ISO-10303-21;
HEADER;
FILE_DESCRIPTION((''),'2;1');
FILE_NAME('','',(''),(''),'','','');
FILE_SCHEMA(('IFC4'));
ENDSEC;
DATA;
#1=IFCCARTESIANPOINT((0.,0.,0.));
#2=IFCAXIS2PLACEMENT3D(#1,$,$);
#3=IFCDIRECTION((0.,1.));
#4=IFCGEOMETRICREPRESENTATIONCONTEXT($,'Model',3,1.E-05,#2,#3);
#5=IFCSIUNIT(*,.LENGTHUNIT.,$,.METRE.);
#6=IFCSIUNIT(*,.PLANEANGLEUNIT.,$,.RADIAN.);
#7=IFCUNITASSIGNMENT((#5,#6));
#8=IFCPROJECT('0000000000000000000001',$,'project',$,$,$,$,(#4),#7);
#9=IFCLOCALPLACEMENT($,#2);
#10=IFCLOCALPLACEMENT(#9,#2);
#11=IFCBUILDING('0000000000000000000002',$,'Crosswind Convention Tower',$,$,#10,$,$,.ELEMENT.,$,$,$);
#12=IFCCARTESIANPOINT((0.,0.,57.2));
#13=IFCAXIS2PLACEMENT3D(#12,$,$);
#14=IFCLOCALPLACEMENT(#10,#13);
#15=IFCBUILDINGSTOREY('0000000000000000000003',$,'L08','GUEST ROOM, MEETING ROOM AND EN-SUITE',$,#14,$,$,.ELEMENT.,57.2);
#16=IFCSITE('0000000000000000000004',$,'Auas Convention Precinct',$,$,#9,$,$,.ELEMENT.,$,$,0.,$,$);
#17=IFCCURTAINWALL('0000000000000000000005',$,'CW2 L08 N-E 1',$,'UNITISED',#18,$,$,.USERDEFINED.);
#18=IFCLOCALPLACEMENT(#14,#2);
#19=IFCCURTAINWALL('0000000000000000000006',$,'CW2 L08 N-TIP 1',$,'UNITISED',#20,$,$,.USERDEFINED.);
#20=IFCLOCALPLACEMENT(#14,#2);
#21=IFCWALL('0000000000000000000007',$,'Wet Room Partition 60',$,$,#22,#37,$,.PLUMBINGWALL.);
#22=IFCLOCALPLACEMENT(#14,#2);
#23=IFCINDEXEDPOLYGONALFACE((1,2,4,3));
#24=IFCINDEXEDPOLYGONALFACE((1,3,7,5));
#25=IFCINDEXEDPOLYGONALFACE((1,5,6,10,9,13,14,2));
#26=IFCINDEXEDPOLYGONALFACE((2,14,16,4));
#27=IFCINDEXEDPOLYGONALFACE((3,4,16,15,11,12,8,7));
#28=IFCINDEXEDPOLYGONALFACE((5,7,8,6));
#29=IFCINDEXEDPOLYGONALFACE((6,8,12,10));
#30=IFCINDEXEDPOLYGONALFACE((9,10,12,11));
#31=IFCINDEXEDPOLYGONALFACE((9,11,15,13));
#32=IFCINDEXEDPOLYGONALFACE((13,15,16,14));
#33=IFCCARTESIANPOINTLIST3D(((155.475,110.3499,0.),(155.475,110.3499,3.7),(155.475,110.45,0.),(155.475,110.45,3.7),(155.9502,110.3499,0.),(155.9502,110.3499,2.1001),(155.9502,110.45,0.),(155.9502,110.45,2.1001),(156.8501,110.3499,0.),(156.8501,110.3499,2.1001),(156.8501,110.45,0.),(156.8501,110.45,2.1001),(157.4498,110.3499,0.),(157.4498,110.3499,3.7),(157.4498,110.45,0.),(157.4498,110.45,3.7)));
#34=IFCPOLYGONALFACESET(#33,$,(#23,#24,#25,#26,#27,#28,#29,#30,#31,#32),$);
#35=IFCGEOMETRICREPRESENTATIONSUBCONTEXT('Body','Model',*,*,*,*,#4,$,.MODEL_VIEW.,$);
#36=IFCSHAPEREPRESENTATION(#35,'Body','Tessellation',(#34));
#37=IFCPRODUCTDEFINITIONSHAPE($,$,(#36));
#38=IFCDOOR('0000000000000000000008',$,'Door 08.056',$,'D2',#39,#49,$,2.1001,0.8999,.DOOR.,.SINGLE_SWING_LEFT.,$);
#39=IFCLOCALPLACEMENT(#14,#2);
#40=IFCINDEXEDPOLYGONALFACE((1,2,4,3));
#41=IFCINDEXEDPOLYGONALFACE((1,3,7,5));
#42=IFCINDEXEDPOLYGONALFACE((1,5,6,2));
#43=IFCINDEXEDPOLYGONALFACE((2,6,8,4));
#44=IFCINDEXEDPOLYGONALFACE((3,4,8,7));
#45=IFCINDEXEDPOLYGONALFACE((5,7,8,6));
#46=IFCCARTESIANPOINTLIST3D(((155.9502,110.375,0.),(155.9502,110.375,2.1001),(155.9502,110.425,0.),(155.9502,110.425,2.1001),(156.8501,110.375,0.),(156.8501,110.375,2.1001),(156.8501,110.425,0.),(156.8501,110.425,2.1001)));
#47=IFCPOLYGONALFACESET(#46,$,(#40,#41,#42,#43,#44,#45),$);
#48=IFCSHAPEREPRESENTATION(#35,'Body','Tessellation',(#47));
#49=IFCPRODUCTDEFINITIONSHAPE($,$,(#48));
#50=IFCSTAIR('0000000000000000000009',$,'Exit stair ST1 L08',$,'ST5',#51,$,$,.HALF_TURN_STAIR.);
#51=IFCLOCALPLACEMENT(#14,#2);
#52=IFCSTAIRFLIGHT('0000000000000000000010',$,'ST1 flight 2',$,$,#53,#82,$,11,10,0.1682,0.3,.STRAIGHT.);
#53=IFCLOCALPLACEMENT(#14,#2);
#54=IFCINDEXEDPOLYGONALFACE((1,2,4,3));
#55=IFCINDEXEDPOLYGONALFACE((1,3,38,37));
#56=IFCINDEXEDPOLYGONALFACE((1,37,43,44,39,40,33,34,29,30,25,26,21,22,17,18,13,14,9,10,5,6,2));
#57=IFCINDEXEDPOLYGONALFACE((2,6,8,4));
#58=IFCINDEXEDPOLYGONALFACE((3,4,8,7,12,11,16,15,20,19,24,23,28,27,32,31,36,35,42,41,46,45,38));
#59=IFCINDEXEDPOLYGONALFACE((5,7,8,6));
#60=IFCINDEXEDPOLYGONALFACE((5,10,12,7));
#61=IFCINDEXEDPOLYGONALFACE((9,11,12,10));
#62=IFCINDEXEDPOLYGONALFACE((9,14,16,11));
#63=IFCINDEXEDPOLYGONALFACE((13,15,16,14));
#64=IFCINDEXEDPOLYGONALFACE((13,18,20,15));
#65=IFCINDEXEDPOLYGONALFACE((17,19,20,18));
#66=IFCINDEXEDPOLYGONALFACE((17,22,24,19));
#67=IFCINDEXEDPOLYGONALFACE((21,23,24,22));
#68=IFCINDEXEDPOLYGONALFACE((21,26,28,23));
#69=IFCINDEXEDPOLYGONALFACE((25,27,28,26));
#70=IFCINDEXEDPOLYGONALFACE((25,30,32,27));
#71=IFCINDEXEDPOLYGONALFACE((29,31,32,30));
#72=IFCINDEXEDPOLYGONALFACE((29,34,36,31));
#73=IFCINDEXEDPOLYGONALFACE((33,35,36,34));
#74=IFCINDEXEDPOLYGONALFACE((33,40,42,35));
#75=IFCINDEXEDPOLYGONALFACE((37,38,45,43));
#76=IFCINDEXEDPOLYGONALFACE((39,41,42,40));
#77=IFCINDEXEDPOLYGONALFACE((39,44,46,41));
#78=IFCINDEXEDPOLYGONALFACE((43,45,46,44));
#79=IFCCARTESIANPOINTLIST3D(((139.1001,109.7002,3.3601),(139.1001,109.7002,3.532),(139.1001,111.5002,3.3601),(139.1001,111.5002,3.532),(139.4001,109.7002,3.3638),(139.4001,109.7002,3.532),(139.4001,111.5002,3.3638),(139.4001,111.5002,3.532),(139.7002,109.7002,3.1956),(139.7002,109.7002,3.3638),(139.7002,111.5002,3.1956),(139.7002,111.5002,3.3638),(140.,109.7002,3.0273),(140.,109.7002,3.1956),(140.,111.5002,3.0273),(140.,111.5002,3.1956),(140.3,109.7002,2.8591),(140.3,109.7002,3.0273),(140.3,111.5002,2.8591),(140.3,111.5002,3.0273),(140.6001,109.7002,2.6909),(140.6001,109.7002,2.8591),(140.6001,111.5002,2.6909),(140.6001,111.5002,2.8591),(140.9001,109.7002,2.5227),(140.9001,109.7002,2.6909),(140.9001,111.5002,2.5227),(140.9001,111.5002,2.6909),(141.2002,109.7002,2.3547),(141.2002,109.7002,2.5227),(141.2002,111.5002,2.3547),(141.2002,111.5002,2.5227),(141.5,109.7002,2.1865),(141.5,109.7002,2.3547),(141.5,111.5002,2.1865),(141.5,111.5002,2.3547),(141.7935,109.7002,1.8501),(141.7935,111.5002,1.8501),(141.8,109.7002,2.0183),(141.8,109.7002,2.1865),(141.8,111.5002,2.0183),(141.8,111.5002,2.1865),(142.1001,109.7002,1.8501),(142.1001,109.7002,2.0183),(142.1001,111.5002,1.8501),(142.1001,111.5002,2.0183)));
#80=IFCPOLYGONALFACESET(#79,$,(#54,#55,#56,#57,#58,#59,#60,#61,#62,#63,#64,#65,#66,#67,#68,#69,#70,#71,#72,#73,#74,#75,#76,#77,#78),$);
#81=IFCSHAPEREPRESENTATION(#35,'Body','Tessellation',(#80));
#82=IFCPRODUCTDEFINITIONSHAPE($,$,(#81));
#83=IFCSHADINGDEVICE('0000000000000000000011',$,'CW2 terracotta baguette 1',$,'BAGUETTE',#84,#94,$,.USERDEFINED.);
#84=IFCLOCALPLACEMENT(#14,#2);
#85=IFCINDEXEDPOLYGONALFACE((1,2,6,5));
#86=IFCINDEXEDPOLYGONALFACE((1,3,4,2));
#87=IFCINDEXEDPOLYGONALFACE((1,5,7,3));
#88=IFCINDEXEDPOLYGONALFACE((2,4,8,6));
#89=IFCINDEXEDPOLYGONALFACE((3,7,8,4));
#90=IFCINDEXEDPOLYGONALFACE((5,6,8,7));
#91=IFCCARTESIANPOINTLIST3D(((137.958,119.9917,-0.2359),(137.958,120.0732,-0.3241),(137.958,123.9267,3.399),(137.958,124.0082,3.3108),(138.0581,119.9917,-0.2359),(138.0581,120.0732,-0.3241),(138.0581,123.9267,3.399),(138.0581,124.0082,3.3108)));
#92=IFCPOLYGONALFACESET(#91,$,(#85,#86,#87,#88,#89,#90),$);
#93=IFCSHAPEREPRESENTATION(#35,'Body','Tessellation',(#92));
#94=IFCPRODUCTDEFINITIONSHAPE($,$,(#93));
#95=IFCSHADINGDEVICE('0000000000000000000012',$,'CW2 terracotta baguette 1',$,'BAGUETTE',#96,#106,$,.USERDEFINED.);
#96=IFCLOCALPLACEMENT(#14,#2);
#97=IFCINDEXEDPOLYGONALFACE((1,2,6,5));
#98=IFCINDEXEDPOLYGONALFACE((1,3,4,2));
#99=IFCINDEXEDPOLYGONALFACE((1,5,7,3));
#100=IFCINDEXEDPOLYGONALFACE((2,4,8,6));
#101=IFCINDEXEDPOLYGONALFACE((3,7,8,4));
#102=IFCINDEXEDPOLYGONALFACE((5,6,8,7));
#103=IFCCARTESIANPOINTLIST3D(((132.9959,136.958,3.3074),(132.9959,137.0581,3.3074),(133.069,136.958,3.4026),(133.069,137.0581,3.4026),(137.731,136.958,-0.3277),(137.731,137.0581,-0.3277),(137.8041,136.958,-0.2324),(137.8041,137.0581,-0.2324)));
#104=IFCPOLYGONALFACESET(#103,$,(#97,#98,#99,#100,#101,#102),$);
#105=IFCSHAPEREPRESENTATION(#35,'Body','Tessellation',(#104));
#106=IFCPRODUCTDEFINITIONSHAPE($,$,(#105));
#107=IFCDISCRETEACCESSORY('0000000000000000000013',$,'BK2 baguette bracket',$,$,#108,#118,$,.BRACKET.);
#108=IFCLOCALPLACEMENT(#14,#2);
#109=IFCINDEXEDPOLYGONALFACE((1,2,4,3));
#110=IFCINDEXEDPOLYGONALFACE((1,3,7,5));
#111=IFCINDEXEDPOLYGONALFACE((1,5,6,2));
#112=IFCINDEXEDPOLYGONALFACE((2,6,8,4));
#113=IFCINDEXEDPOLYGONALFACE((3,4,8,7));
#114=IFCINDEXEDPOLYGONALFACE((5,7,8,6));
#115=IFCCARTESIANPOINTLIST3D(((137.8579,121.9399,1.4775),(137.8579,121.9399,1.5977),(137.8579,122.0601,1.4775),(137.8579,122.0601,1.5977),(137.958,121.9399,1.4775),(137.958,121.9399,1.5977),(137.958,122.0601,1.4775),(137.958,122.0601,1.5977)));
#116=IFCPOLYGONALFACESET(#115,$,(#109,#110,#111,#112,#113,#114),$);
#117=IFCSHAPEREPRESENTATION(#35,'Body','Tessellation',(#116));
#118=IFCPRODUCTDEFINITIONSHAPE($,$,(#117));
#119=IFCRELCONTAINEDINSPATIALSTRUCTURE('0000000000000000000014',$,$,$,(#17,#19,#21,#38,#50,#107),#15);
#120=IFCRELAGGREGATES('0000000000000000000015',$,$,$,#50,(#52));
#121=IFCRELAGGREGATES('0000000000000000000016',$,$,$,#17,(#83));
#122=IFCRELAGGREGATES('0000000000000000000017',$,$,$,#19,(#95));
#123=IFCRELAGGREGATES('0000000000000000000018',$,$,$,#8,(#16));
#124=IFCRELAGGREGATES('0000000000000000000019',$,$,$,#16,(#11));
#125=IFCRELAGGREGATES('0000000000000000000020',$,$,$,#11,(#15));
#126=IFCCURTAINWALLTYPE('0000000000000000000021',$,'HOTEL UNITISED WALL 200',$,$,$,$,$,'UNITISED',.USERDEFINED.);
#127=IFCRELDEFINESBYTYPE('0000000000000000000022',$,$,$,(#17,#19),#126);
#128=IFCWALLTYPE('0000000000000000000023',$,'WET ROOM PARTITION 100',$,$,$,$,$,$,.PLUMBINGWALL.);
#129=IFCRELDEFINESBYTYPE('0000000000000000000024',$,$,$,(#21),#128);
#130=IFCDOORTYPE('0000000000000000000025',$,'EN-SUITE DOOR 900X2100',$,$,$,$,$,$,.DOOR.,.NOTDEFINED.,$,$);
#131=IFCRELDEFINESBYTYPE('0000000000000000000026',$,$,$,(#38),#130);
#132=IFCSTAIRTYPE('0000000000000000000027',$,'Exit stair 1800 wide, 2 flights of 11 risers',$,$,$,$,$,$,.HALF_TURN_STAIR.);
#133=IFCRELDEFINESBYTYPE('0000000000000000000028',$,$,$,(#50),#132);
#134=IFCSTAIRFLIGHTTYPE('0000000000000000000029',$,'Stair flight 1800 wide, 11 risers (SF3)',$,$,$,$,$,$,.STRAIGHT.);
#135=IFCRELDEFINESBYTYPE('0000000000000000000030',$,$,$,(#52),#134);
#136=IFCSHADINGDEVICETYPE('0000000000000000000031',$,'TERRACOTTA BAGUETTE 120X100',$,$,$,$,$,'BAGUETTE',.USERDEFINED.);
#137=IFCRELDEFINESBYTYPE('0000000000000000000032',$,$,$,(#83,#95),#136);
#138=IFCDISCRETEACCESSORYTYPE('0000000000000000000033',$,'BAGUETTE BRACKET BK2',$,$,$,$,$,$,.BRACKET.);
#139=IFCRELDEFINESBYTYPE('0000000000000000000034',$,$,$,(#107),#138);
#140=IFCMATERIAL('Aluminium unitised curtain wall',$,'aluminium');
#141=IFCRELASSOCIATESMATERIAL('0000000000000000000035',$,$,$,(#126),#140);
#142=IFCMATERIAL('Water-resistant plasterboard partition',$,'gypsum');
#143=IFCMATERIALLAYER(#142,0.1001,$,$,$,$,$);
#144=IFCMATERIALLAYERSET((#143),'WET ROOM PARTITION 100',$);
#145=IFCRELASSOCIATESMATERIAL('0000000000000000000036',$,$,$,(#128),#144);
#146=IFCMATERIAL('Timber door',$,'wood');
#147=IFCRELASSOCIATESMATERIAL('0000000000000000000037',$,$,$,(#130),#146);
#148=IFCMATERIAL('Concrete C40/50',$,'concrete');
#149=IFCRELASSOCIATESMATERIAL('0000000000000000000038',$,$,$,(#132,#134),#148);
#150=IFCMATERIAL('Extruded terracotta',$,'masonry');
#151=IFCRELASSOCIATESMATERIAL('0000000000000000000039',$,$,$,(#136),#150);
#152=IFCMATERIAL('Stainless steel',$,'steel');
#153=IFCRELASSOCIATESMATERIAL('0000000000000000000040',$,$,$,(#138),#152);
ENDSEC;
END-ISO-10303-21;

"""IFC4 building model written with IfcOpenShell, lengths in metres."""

from ifc_helpers import new_model, si_unit, direction, frame, frame_2d, origin, origin_2d, place, context, subcontext, project, spatial, polyline, rectangle, outline, extrude, material, layer, layer_set, material_profile, profile_set, type_object, element, fill, aggregate, save


model = new_model("IFC4")

# Units and contexts
model_context = context("Model", 3, precision=1e-05, world=origin(), true_north=direction((0.0, 1.0)))
body_context = subcontext(model_context, "Body", "Model", "MODEL_VIEW")
ifc_project = project(units=[si_unit("LENGTHUNIT", "METRE"), si_unit("PLANEANGLEUNIT", "RADIAN")], contexts=[model_context])

# Site, building, storey
site_placement = place(None, origin())
site = spatial("IfcSite", under=ifc_project, at=site_placement, Name="Auas Convention Precinct", CompositionType="ELEMENT", RefElevation=0.0)
building_placement = place(site_placement, origin())
building = spatial("IfcBuilding", under=site, at=building_placement, Name="Crosswind Convention Tower", CompositionType="ELEMENT")
storey_placement = place(building_placement, frame((0.0, 0.0, 57.2)))
storey = spatial("IfcBuildingStorey", under=building, at=storey_placement, Name="L08", Description="GUEST ROOM, MEETING ROOM AND EN-SUITE", CompositionType="ELEMENT", Elevation=57.2)

# Shared definitions
ifc_material_1 = material(Name="Aluminium unitised curtain wall", Category="aluminium")

# Shared definitions
curtain_wall_type_1 = type_object("IfcCurtainWallType", Name="HOTEL UNITISED WALL 200", ElementType="UNITISED", PredefinedType="USERDEFINED", material=ifc_material_1)

# Curtain wall
curtain_wall_1_placement = place(storey_placement, origin())
curtain_wall_1 = element("IfcCurtainWall", 1, at=curtain_wall_1_placement, inside=storey, type_object=curtain_wall_type_1, Name="CW2 L08 N-E 1", ObjectType="UNITISED", PredefinedType="USERDEFINED")

# Curtain wall
curtain_wall_2_placement = place(storey_placement, origin())
curtain_wall_2 = element("IfcCurtainWall", 2, at=curtain_wall_2_placement, inside=storey, type_object=curtain_wall_type_1, Name="CW2 L08 N-TIP 1", ObjectType="UNITISED", PredefinedType="USERDEFINED")

# Wall, opening, door
ifc_material_2 = material(Name="Water-resistant plasterboard partition", Category="gypsum")
ifc_layer_1 = layer(ifc_material_2, 0.1001)
ifc_layer_set_1 = layer_set([ifc_layer_1], Name="WET ROOM PARTITION 100")
wall_type_1 = type_object("IfcWallType", Name="WET ROOM PARTITION 100", PredefinedType="PLUMBINGWALL", material=ifc_layer_set_1)
wall_1_placement = place(storey_placement, frame((155.4751, 110.3999, 0.0), z_axis=(0.0, 0.0, 1.0), x_axis=(1.0, 0.0, 0.0)))
wall_1 = element("IfcWall", 3, at=wall_1_placement, inside=storey, type_object=wall_type_1, Name="Wet Room Partition 60", PredefinedType="PLUMBINGWALL", context=body_context, shape_type="SweptSolid", body=[
    extrude(rectangle(XDim=1.9749, YDim=0.1001, at=frame_2d((0.9873, 0.0))), origin(), (0.0, 0.0, 1.0), 3.7),
])
opening_1_placement = place(wall_1_placement, frame((0.4751, 0.0, 0.0)))
opening_1 = element("IfcOpeningElement", 4, at=opening_1_placement, cuts=wall_1, PredefinedType="OPENING", context=body_context, shape_type="SweptSolid", body=[
    extrude(rectangle(XDim=0.8999, YDim=2.1001, at=frame_2d((0.45, 1.05))), frame((0.0, 0.0601, 0.0), z_axis=(0.0, -1.0, 0.0), x_axis=(1.0, 0.0, 0.0)), (0.0, 0.0, 1.0), 0.1201),
])
ifc_material_3 = material(Name="Timber door", Category="wood")
door_type_1 = type_object("IfcDoorType", Name="EN-SUITE DOOR 900X2100", OperationType="NOTDEFINED", PredefinedType="DOOR", material=ifc_material_3)
door_1_placement = place(opening_1_placement, frame((0.8999, 0.0, 0.0), z_axis=(0.0, 0.0, 1.0), x_axis=(-1.0, 0.0, 0.0)))
door_1 = element("IfcDoor", 5, at=door_1_placement, inside=storey, type_object=door_type_1, Name="Door 08.056", ObjectType="D2", OperationType="SINGLE_SWING_LEFT", OverallHeight=2.1001, OverallWidth=0.8999, PredefinedType="DOOR", context=body_context, shape_type="SweptSolid", body=[
    extrude(rectangle(XDim=0.8999, YDim=2.1001, at=frame_2d((0.45, 1.05))), frame((0.0, 0.0249, 0.0), z_axis=(0.0, -1.0, 0.0), x_axis=(1.0, 0.0, 0.0)), (0.0, 0.0, 1.0), 0.05),
])
fill(opening_1, door_1)

# Stair, stair flight
ifc_material_4 = material(Name="Concrete C40/50", Category="concrete")
stair_type = type_object("IfcStairType", Name="Exit stair 1800 wide, 2 flights of 11 risers", PredefinedType="HALF_TURN_STAIR", material=ifc_material_4)
stair_placement = place(storey_placement, origin())
stair = element("IfcStair", 6, at=stair_placement, inside=storey, type_object=stair_type, Name="Exit stair ST1 L08", ObjectType="ST5", PredefinedType="HALF_TURN_STAIR")
stair_flight_type = type_object("IfcStairFlightType", Name="Stair flight 1800 wide, 11 risers (SF3)", PredefinedType="STRAIGHT", material=ifc_material_4)
stair_flight_placement = place(storey_placement, frame((142.1001, 110.6001, 1.8501), z_axis=(0.0, 0.0, 1.0), x_axis=(-1.0, 0.0, 0.0)))
stair_flight = element("IfcStairFlight", 7, at=stair_flight_placement, type_object=stair_flight_type, Name="ST1 flight 2", NumberOfRisers=11, NumberOfTreads=10, PredefinedType="STRAIGHT", RiserHeight=0.1682, TreadLength=0.3, context=body_context, shape_type="SweptSolid", body=[
    extrude(outline(polyline([(0.0, 0.0), (0.0, 0.1682), (0.3, 0.1682), (0.3, 0.3364), (0.6001, 0.3364), (0.6001, 0.5046), (0.8999, 0.5046), (0.8999, 0.6726), (1.2, 0.6726), (1.2, 0.8408), (1.5, 0.8408), (1.5, 1.009), (1.8, 1.009), (1.8, 1.1772), (2.1001, 1.1772), (2.1001, 1.3455), (2.3999, 1.3455), (2.3999, 1.5137), (2.7, 1.5137), (2.7, 1.6819), (3.0, 1.6819), (3.0, 1.8501), (3.0, 1.51), (0.3066, 0.0), (0.0, 0.0)])), frame((0.0, 0.8999, 0.0), z_axis=(0.0, -1.0, 0.0), x_axis=(1.0, 0.0, 0.0)), (0.0, 0.0, 1.0), 1.8),
])
aggregate(stair, [stair_flight])

# Shared definitions
ifc_material_5 = material(Name="Stainless steel", Category="steel")

# Shading devices
ifc_material_6 = material(Name="Extruded terracotta", Category="masonry")
ifc_material_profile_1 = material_profile(ifc_material_6, rectangle(XDim=0.1001, YDim=0.1201, at=origin_2d()), Name="TC 100X120")
ifc_profile_set_1 = profile_set([ifc_material_profile_1], Name="Extruded terracotta")
shading_device_type = type_object("IfcShadingDeviceType", Name="TERRACOTTA BAGUETTE 120X100", ElementType="BAGUETTE", PredefinedType="USERDEFINED", material=ifc_profile_set_1)
shading_device_1_placement = place(storey_placement, frame((138.0081, 120.0325, -0.28), z_axis=(0.0, 0.734557, 0.678547), x_axis=(-1.0, 0.0, 0.0)))
shading_device_1 = element("IfcShadingDevice", 8, at=shading_device_1_placement, type_object=shading_device_type, Name="CW2 terracotta baguette 1", ObjectType="BAGUETTE", PredefinedType="USERDEFINED", context=body_context, shape_type="SweptSolid", body=[
    extrude(rectangle(XDim=0.1001, YDim=0.1201, at=origin_2d()), origin(), (0.0, 0.0, 1.0), 5.3569),
])
aggregate(curtain_wall_1, [shading_device_1])
shading_device_2_placement = place(storey_placement, frame((137.7676, 137.0081, -0.28), z_axis=(-0.793221, 0.0, 0.608934), x_axis=(0.0, -1.0, 0.0)))
shading_device_2 = element("IfcShadingDevice", 9, at=shading_device_2_placement, type_object=shading_device_type, Name="CW2 terracotta baguette 1", ObjectType="BAGUETTE", PredefinedType="USERDEFINED", context=body_context, shape_type="SweptSolid", body=[
    extrude(rectangle(XDim=0.1001, YDim=0.1201, at=origin_2d()), origin(), (0.0, 0.0, 1.0), 5.9695),
])
aggregate(curtain_wall_2, [shading_device_2])

# Discrete accessory
discrete_accessory_type = type_object("IfcDiscreteAccessoryType", Name="BAGUETTE BRACKET BK2", PredefinedType="BRACKET", material=ifc_material_5)
discrete_accessory_placement = place(storey_placement, frame((137.908, 122.0, 1.4775), z_axis=(0.0, 0.0, 1.0), x_axis=(0.0, 1.0, 0.0)))
element("IfcDiscreteAccessory", 10, at=discrete_accessory_placement, inside=storey, type_object=discrete_accessory_type, Name="BK2 baguette bracket", PredefinedType="BRACKET", context=body_context, shape_type="SweptSolid", body=[
    extrude(rectangle(XDim=0.1201, YDim=0.1001, at=origin_2d()), origin(), (0.0, 0.0, 1.0), 0.1201),
])

save(model, "model.ifc")
